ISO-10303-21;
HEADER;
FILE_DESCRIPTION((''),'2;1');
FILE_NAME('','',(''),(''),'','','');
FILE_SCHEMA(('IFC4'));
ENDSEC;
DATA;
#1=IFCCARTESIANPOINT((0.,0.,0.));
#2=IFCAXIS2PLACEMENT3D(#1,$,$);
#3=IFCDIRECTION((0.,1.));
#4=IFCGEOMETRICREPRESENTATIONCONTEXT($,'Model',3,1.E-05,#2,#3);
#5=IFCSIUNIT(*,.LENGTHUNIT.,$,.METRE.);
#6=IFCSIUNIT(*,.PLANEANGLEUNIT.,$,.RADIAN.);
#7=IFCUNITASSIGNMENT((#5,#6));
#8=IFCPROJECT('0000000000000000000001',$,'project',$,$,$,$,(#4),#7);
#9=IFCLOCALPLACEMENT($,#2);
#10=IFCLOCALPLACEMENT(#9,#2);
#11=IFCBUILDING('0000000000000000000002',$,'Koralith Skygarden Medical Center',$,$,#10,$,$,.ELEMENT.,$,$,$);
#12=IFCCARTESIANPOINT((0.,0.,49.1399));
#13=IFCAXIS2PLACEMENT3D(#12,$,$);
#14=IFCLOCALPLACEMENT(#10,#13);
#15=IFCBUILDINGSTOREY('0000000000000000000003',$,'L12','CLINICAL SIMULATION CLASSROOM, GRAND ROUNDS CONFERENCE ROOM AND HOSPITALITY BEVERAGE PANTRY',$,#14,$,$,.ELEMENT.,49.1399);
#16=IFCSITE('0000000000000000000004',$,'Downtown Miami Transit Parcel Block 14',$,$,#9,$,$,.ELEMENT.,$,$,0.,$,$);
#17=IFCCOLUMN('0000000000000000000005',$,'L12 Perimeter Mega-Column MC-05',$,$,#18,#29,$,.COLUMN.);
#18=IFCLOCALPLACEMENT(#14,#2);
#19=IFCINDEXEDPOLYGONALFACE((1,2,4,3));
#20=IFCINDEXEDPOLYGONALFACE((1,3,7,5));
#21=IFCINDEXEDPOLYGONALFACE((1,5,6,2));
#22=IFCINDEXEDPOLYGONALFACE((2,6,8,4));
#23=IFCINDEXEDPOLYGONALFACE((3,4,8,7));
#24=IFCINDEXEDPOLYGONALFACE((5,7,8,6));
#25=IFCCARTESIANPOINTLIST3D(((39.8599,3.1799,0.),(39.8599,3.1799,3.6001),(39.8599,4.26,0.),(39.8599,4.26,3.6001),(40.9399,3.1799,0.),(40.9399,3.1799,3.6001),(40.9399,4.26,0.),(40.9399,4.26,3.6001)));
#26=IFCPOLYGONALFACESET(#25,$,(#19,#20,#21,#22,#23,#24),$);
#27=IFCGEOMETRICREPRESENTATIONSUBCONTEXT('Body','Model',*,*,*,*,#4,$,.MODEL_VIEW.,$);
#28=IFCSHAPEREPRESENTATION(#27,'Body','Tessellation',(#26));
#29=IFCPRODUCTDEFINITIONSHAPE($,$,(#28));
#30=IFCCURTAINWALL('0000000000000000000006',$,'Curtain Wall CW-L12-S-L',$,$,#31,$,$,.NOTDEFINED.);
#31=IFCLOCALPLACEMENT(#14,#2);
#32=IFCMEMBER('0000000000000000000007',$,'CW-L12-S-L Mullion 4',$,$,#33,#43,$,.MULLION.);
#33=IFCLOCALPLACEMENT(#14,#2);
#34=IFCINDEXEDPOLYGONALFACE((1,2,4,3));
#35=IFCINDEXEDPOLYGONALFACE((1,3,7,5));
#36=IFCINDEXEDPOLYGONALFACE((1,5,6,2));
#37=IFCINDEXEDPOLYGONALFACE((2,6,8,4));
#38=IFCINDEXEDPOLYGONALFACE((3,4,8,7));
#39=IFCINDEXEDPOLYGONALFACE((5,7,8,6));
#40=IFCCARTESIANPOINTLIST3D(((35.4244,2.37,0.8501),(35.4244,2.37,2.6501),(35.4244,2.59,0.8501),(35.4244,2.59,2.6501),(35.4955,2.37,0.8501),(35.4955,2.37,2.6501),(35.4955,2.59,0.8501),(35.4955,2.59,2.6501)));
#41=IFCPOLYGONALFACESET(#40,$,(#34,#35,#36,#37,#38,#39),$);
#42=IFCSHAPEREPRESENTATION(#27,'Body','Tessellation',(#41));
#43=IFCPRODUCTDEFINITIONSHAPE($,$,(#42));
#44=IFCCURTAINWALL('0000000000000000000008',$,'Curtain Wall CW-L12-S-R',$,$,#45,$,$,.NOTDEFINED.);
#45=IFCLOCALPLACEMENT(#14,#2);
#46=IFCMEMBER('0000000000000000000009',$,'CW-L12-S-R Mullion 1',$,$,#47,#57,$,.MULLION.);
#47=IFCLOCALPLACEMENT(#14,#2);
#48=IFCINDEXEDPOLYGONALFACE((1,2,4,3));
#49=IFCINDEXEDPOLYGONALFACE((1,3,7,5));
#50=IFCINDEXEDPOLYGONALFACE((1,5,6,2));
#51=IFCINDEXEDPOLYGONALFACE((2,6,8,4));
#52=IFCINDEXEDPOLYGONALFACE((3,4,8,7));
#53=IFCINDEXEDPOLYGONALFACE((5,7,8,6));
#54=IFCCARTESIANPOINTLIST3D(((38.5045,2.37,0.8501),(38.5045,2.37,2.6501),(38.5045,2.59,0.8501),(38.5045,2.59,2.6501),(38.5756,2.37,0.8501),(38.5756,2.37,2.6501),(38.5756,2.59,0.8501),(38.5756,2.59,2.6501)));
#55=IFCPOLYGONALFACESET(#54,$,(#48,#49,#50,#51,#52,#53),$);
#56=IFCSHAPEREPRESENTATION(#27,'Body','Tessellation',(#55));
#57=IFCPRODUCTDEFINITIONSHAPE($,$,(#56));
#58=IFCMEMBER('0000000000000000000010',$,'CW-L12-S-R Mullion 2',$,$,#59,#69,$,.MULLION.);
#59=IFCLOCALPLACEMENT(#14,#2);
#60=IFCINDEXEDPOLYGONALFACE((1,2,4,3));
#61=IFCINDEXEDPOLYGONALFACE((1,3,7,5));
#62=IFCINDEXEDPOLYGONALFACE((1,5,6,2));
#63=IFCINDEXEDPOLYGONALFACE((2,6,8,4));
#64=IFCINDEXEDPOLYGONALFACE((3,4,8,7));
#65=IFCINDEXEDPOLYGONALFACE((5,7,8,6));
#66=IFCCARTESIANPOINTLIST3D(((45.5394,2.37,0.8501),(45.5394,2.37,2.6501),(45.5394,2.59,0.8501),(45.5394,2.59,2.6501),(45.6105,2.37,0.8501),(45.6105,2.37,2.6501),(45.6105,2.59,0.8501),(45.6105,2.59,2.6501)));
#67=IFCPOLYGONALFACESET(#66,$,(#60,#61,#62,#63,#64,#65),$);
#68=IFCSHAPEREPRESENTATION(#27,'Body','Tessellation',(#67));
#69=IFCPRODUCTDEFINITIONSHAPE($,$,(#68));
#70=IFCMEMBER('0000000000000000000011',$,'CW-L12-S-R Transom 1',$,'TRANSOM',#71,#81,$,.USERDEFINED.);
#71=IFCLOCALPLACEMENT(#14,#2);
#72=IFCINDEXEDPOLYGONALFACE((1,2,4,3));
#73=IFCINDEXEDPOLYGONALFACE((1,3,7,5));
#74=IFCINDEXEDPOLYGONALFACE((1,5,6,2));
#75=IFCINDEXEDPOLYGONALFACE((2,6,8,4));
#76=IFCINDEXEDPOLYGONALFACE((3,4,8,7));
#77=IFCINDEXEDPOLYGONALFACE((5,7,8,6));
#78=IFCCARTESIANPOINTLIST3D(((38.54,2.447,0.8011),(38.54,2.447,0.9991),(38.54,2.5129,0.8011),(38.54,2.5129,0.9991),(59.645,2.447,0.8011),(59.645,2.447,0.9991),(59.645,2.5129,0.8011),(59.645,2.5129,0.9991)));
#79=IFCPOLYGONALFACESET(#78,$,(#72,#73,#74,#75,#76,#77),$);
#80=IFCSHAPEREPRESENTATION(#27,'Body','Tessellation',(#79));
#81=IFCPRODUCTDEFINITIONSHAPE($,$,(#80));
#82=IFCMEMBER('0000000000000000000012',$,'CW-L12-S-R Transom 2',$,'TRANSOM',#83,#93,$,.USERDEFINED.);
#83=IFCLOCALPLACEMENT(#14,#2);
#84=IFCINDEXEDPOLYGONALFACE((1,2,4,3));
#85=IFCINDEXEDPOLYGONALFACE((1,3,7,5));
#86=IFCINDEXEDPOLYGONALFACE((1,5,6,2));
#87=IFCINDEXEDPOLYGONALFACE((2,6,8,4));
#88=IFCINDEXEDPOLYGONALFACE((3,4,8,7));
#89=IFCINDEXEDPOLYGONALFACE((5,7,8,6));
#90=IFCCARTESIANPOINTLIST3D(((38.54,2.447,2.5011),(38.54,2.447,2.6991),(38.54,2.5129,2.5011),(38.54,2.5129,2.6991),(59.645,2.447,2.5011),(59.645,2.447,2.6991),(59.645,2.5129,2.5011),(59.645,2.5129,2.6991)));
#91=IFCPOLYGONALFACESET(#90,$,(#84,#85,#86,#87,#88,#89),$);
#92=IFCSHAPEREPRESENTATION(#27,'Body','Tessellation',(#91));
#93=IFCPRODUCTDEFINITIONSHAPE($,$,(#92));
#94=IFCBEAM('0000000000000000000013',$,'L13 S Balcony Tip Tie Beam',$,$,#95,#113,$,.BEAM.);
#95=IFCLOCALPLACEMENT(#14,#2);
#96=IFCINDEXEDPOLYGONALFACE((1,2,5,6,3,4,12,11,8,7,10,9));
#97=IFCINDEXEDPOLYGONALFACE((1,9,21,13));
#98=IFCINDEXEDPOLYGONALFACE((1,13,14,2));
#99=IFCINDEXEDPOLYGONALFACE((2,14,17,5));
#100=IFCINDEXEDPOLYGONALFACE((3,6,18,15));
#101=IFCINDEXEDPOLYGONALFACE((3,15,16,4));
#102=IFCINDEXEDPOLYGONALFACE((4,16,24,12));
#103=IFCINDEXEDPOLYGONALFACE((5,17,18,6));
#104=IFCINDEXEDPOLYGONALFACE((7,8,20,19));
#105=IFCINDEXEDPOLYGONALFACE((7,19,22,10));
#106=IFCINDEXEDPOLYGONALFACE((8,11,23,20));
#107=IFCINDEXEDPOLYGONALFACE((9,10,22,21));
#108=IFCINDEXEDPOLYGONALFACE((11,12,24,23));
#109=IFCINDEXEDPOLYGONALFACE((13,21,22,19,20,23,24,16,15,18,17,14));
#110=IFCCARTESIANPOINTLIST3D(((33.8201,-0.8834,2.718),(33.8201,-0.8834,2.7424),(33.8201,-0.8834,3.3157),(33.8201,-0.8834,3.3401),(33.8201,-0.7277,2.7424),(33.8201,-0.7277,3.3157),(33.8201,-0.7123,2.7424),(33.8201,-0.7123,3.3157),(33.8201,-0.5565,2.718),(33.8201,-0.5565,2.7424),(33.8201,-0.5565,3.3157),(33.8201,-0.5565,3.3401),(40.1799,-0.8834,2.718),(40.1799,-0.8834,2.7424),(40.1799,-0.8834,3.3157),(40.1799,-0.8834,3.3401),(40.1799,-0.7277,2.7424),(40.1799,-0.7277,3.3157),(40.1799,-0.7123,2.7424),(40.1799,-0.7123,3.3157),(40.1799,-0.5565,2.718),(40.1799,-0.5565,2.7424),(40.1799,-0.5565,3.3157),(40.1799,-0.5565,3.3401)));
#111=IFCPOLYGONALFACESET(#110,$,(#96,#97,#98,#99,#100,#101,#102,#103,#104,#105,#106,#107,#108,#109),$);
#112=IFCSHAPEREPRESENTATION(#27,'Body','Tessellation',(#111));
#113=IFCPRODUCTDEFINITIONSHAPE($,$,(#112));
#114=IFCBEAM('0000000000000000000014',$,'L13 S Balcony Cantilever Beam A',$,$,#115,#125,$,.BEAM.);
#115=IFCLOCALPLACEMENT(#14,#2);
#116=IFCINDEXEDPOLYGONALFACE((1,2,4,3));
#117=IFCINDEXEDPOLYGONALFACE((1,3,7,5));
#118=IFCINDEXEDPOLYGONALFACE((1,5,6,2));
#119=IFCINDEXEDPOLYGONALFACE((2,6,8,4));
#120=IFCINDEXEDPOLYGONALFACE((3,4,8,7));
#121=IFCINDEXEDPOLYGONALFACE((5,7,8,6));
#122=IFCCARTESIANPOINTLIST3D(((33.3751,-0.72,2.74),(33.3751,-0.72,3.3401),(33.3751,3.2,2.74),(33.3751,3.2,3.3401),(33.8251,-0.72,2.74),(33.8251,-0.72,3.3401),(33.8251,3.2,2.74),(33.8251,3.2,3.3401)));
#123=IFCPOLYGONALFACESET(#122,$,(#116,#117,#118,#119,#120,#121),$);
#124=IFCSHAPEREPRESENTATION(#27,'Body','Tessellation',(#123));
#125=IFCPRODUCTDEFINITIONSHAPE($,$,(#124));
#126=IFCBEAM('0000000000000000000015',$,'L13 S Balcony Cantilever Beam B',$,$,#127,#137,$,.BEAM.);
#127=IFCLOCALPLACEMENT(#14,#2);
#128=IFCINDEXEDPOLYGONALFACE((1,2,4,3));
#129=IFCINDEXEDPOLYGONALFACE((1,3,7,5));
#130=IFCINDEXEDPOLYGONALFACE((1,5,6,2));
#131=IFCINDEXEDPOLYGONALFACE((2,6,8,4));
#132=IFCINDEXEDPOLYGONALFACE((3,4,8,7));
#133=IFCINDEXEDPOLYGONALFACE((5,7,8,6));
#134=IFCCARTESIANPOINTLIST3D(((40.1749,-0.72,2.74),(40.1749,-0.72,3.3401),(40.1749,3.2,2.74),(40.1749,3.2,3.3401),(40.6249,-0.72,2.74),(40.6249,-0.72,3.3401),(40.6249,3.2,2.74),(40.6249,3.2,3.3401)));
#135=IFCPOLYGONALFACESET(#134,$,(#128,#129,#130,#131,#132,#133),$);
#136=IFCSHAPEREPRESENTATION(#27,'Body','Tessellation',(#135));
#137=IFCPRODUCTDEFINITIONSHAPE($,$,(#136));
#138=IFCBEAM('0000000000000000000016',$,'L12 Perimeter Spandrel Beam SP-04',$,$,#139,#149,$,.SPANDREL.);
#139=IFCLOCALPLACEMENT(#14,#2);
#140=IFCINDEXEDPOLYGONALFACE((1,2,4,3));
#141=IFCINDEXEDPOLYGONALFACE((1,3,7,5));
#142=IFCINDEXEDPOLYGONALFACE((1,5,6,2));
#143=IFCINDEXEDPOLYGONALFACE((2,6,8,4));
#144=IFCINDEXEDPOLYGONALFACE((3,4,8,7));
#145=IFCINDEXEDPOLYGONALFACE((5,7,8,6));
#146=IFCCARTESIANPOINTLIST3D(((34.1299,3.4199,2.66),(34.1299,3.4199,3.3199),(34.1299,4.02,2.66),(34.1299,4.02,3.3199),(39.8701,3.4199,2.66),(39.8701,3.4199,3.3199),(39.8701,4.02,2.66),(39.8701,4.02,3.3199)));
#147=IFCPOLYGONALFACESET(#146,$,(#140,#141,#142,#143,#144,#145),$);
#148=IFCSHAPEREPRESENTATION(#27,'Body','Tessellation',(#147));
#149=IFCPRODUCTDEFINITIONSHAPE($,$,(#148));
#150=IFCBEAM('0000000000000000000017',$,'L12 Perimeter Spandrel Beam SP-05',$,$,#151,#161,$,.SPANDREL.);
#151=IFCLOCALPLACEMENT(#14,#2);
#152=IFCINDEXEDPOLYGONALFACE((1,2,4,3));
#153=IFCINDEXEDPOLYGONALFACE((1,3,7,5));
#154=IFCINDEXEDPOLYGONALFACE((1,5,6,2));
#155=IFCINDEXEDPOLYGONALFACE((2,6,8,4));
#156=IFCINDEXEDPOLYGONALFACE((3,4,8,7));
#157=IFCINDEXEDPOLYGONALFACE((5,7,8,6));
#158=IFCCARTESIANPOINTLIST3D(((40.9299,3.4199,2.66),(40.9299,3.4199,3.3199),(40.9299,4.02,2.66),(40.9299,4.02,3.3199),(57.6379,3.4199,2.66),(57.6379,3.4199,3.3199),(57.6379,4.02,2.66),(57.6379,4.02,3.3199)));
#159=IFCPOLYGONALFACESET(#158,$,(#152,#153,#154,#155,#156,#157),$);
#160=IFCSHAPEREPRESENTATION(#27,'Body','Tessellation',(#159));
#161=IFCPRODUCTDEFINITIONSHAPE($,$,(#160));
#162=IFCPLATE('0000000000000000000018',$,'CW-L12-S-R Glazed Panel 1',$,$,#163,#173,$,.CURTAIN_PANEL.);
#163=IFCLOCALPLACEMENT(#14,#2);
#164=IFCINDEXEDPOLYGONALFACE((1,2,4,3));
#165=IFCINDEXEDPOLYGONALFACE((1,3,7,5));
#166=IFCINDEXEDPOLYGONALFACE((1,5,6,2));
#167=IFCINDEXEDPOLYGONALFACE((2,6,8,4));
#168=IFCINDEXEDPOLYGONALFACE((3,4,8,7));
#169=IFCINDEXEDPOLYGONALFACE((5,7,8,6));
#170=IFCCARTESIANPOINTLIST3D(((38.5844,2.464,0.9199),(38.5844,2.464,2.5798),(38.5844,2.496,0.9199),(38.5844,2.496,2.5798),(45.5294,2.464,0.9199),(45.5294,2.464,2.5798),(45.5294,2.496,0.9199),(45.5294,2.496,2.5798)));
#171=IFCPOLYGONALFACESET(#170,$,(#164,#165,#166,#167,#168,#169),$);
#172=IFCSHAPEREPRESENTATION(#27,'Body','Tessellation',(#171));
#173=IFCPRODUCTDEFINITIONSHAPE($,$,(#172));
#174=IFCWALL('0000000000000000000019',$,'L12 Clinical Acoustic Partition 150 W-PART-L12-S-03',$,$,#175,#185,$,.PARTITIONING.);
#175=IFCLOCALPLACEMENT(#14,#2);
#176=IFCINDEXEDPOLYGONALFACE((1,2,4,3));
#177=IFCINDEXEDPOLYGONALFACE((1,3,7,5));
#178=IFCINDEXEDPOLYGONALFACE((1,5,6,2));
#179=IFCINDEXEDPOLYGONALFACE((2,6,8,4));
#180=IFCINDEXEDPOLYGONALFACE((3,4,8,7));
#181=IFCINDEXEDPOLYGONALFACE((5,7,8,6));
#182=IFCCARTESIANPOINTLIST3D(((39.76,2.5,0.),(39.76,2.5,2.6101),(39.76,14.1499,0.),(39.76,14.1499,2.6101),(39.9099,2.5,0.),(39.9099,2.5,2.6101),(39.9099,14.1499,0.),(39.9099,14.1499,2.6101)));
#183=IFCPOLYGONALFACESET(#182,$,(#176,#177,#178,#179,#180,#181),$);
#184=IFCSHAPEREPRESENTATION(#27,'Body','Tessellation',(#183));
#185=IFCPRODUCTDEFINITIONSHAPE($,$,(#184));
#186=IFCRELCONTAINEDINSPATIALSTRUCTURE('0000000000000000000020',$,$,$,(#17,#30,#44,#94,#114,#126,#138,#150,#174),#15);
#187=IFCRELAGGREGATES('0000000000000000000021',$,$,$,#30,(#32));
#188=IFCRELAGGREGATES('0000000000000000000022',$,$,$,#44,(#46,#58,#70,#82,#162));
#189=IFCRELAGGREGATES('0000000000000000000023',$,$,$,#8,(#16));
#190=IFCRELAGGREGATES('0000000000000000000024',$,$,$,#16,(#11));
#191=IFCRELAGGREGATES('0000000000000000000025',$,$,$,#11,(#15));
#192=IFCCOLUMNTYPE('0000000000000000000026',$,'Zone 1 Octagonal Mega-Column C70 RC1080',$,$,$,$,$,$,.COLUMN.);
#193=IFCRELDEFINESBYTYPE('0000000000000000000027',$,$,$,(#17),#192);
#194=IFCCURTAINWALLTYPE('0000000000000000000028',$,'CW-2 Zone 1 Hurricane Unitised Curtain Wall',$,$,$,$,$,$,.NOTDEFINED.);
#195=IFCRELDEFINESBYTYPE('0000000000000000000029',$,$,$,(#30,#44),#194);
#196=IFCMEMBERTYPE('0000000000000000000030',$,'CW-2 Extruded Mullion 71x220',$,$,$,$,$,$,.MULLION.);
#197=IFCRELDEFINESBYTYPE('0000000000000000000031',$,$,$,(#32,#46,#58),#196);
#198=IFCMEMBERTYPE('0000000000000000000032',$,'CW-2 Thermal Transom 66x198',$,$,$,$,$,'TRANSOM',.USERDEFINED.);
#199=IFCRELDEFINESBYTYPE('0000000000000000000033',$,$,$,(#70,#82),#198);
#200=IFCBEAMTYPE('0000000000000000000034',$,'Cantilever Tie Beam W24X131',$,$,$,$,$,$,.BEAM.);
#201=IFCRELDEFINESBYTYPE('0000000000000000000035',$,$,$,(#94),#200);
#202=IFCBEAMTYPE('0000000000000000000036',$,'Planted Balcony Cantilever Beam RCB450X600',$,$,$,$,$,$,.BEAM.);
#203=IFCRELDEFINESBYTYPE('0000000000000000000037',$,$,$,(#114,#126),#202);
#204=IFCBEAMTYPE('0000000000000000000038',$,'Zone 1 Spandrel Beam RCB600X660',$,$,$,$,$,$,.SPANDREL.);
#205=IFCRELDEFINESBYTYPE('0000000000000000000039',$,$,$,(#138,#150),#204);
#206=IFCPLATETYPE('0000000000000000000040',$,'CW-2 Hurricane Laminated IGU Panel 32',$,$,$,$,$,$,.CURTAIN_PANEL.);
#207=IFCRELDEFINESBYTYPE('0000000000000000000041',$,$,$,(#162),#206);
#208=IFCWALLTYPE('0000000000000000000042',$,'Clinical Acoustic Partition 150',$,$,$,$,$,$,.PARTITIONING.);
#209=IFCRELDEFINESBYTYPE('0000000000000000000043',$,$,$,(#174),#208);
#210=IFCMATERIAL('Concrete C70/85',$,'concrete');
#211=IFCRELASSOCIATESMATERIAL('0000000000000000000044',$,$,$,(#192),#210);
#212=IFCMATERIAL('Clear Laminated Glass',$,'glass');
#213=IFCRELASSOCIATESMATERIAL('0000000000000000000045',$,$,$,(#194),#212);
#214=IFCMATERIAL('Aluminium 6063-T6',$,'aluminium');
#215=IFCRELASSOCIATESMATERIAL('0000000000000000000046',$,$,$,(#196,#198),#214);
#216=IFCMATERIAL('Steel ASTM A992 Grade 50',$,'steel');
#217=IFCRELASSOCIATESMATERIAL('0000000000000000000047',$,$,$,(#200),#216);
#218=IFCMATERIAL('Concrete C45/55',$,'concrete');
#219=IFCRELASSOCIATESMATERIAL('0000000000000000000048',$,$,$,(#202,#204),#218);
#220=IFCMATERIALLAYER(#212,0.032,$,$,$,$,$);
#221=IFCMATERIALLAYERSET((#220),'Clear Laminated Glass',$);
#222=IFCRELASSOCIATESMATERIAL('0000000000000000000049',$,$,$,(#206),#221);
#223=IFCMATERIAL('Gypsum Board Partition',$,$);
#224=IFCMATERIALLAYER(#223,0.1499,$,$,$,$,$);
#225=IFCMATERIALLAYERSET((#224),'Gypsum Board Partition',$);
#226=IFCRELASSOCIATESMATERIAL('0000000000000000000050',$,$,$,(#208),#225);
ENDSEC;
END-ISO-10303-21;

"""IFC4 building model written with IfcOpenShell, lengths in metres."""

from ifc_helpers import new_model, si_unit, direction, frame, frame_2d, origin, origin_2d, place, context, subcontext, project, spatial, rectangle, i_section, extrude, material, layer, layer_set, material_profile, profile_set, type_object, element, aggregate, save


model = new_model("IFC4")

# Units and contexts
model_context = context("Model", 3, precision=1e-05, world=origin(), true_north=direction((0.0, 1.0)))
body_context = subcontext(model_context, "Body", "Model", "MODEL_VIEW")
ifc_project = project(units=[si_unit("LENGTHUNIT", "METRE"), si_unit("PLANEANGLEUNIT", "RADIAN")], contexts=[model_context])

# Site, building, storey
site_placement = place(None, origin())
site = spatial("IfcSite", under=ifc_project, at=site_placement, Name="Downtown Miami Transit Parcel Block 14", CompositionType="ELEMENT", RefElevation=0.0)
building_placement = place(site_placement, origin())
building = spatial("IfcBuilding", under=site, at=building_placement, Name="Koralith Skygarden Medical Center", CompositionType="ELEMENT")
storey_placement = place(building_placement, frame((0.0, 0.0, 49.1399)))
storey = spatial("IfcBuildingStorey", under=building, at=storey_placement, Name="L12", Description="CLINICAL SIMULATION CLASSROOM, GRAND ROUNDS CONFERENCE ROOM AND HOSPITALITY BEVERAGE PANTRY", CompositionType="ELEMENT", Elevation=49.1399)

# Column
ifc_material_1 = material(Name="Concrete C70/85", Category="concrete")
ifc_material_profile_1 = material_profile(ifc_material_1, rectangle(XDim=1.0801, YDim=1.0801, at=origin_2d()), Name="RC1080X1080")
ifc_profile_set_1 = profile_set([ifc_material_profile_1], Name="Concrete C70/85")
column_type = type_object("IfcColumnType", Name="Zone 1 Octagonal Mega-Column C70 RC1080", PredefinedType="COLUMN", material=ifc_profile_set_1)
column_placement = place(storey_placement, frame((40.3999, 3.72, 0.0), z_axis=(0.0, 0.0, 1.0), x_axis=(1.0, 0.0, 0.0)))
element("IfcColumn", 1, at=column_placement, inside=storey, type_object=column_type, Name="L12 Perimeter Mega-Column MC-05", PredefinedType="COLUMN", context=body_context, shape_type="SweptSolid", body=[
    extrude(rectangle(XDim=1.0801, YDim=1.0801, at=origin_2d()), origin(), (0.0, 0.0, 1.0), 3.6001),
])

# Curtain wall, member
ifc_material_2 = material(Name="Clear Laminated Glass", Category="glass")
curtain_wall_type = type_object("IfcCurtainWallType", Name="CW-2 Zone 1 Hurricane Unitised Curtain Wall", PredefinedType="NOTDEFINED", material=ifc_material_2)
curtain_wall_1_placement = place(storey_placement, origin())
curtain_wall_1 = element("IfcCurtainWall", 2, at=curtain_wall_1_placement, inside=storey, type_object=curtain_wall_type, Name="Curtain Wall CW-L12-S-L", PredefinedType="NOTDEFINED")
ifc_material_3 = material(Name="Aluminium 6063-T6", Category="aluminium")
ifc_material_profile_2 = material_profile(ifc_material_3, rectangle(XDim=0.071, YDim=0.22, at=origin_2d()), Name="MUL71X220")
ifc_profile_set_2 = profile_set([ifc_material_profile_2], Name="Aluminium 6063-T6")
member_type_1 = type_object("IfcMemberType", Name="CW-2 Extruded Mullion 71x220", PredefinedType="MULLION", material=ifc_profile_set_2)
member_1_placement = place(storey_placement, frame((35.46, 2.48, 0.8501), z_axis=(0.0, 0.0, 1.0), x_axis=(1.0, 0.0, 0.0)))
member_1 = element("IfcMember", 3, at=member_1_placement, type_object=member_type_1, Name="CW-L12-S-L Mullion 4", PredefinedType="MULLION", context=body_context, shape_type="SweptSolid", body=[
    extrude(rectangle(XDim=0.071, YDim=0.22, at=origin_2d()), origin(), (0.0, 0.0, 1.0), 1.8),
])
aggregate(curtain_wall_1, [member_1])

# Curtain wall, members
curtain_wall_2_placement = place(storey_placement, origin())
curtain_wall_2 = element("IfcCurtainWall", 4, at=curtain_wall_2_placement, inside=storey, type_object=curtain_wall_type, Name="Curtain Wall CW-L12-S-R", PredefinedType="NOTDEFINED")
member_2_placement = place(storey_placement, frame((38.54, 2.48, 0.8501), z_axis=(0.0, 0.0, 1.0), x_axis=(1.0, 0.0, 0.0)))
member_2 = element("IfcMember", 5, at=member_2_placement, type_object=member_type_1, Name="CW-L12-S-R Mullion 1", PredefinedType="MULLION", context=body_context, shape_type="SweptSolid", body=[
    extrude(rectangle(XDim=0.071, YDim=0.22, at=origin_2d()), origin(), (0.0, 0.0, 1.0), 1.8),
])
member_3_placement = place(storey_placement, frame((45.575, 2.48, 0.8501), z_axis=(0.0, 0.0, 1.0), x_axis=(1.0, 0.0, 0.0)))
member_3 = element("IfcMember", 6, at=member_3_placement, type_object=member_type_1, Name="CW-L12-S-R Mullion 2", PredefinedType="MULLION", context=body_context, shape_type="SweptSolid", body=[
    extrude(rectangle(XDim=0.071, YDim=0.22, at=origin_2d()), origin(), (0.0, 0.0, 1.0), 1.8),
])
ifc_material_profile_3 = material_profile(ifc_material_3, rectangle(XDim=0.0659, YDim=0.198, at=origin_2d()), Name="TRN66X198")
ifc_profile_set_3 = profile_set([ifc_material_profile_3], Name="Aluminium 6063-T6")
member_type_2 = type_object("IfcMemberType", Name="CW-2 Thermal Transom 66x198", ElementType="TRANSOM", PredefinedType="USERDEFINED", material=ifc_profile_set_3)
member_4_placement = place(storey_placement, frame((38.54, 2.48, 0.9001), z_axis=(1.0, 0.0, 0.0), x_axis=(0.0, 1.0, 0.0)))
member_4 = element("IfcMember", 7, at=member_4_placement, type_object=member_type_2, Name="CW-L12-S-R Transom 1", ObjectType="TRANSOM", PredefinedType="USERDEFINED", context=body_context, shape_type="SweptSolid", body=[
    extrude(rectangle(XDim=0.0659, YDim=0.198, at=origin_2d()), origin(), (0.0, 0.0, 1.0), 21.105),
])
member_5_placement = place(storey_placement, frame((38.54, 2.48, 2.6001), z_axis=(1.0, 0.0, 0.0), x_axis=(0.0, 1.0, 0.0)))
member_5 = element("IfcMember", 8, at=member_5_placement, type_object=member_type_2, Name="CW-L12-S-R Transom 2", ObjectType="TRANSOM", PredefinedType="USERDEFINED", context=body_context, shape_type="SweptSolid", body=[
    extrude(rectangle(XDim=0.0659, YDim=0.198, at=origin_2d()), origin(), (0.0, 0.0, 1.0), 21.105),
])

# Beams
ifc_material_4 = material(Name="Steel ASTM A992 Grade 50", Category="steel")
ifc_material_profile_4 = material_profile(ifc_material_4, i_section(OverallWidth=0.3269, OverallDepth=0.6221, WebThickness=0.0154, FlangeThickness=0.0244, at=origin_2d()), Name="W24X131")
ifc_profile_set_4 = profile_set([ifc_material_profile_4], Name="Steel ASTM A992 Grade 50")
beam_type_1 = type_object("IfcBeamType", Name="Cantilever Tie Beam W24X131", PredefinedType="BEAM", material=ifc_profile_set_4)
beam_1_placement = place(storey_placement, frame((33.8201, -0.72, 3.0291), z_axis=(1.0, 0.0, 0.0), x_axis=(0.0, 1.0, 0.0)))
element("IfcBeam", 9, at=beam_1_placement, inside=storey, type_object=beam_type_1, Name="L13 S Balcony Tip Tie Beam", PredefinedType="BEAM", context=body_context, shape_type="SweptSolid", body=[
    extrude(i_section(OverallWidth=0.3269, OverallDepth=0.6221, WebThickness=0.0154, FlangeThickness=0.0244, at=origin_2d()), origin(), (0.0, 0.0, 1.0), 6.3599),
])
ifc_material_5 = material(Name="Concrete C45/55", Category="concrete")
ifc_material_profile_5 = material_profile(ifc_material_5, rectangle(XDim=0.45, YDim=0.6001, at=origin_2d()), Name="RCB450X600")
ifc_profile_set_5 = profile_set([ifc_material_profile_5], Name="Concrete C45/55")
beam_type_2 = type_object("IfcBeamType", Name="Planted Balcony Cantilever Beam RCB450X600", PredefinedType="BEAM", material=ifc_profile_set_5)
for number, where, z_axis, x_axis, name in (
    (10, (33.6001, 3.2, 3.04), (0.0, -1.0, 0.0), (1.0, 0.0, 0.0), "L13 S Balcony Cantilever Beam A"),
    (11, (40.3999, 3.2, 3.04), (0.0, -1.0, 0.0), (1.0, 0.0, 0.0), "L13 S Balcony Cantilever Beam B"),
):
    element("IfcBeam", number, at=place(storey_placement, frame(where, z_axis=z_axis, x_axis=x_axis)), inside=storey, type_object=beam_type_2, Name=name, PredefinedType="BEAM", context=body_context, shape_type="SweptSolid", body=[
        extrude(rectangle(XDim=0.45, YDim=0.6001, at=origin_2d()), origin(), (0.0, 0.0, 1.0), 3.9199),
    ])
ifc_material_profile_6 = material_profile(ifc_material_5, rectangle(XDim=0.6001, YDim=0.6599, at=origin_2d()), Name="RCB600X660")
ifc_profile_set_6 = profile_set([ifc_material_profile_6], Name="Concrete C45/55")
beam_type_3 = type_object("IfcBeamType", Name="Zone 1 Spandrel Beam RCB600X660", PredefinedType="SPANDREL", material=ifc_profile_set_6)
beam_2_placement = place(storey_placement, frame((34.1299, 3.72, 2.99), z_axis=(1.0, 0.0, 0.0), x_axis=(0.0, 1.0, 0.0)))
element("IfcBeam", 12, at=beam_2_placement, inside=storey, type_object=beam_type_3, Name="L12 Perimeter Spandrel Beam SP-04", PredefinedType="SPANDREL", context=body_context, shape_type="SweptSolid", body=[
    extrude(rectangle(XDim=0.6001, YDim=0.6599, at=origin_2d()), origin(), (0.0, 0.0, 1.0), 5.7402),
])
beam_3_placement = place(storey_placement, frame((40.9299, 3.72, 2.99), z_axis=(1.0, 0.0, 0.0), x_axis=(0.0, 1.0, 0.0)))
element("IfcBeam", 13, at=beam_3_placement, inside=storey, type_object=beam_type_3, Name="L12 Perimeter Spandrel Beam SP-05", PredefinedType="SPANDREL", context=body_context, shape_type="SweptSolid", body=[
    extrude(rectangle(XDim=0.6001, YDim=0.6599, at=origin_2d()), origin(), (0.0, 0.0, 1.0), 16.708),
])

# Plate
ifc_layer_1 = layer(ifc_material_2, 0.032)
ifc_layer_set_1 = layer_set([ifc_layer_1], Name="Clear Laminated Glass")
plate_type = type_object("IfcPlateType", Name="CW-2 Hurricane Laminated IGU Panel 32", PredefinedType="CURTAIN_PANEL", material=ifc_layer_set_1)
plate_placement = place(storey_placement, frame((42.0569, 2.48, 0.9199), z_axis=(0.0, 0.0, 1.0), x_axis=(1.0, 0.0, 0.0)))
plate = element("IfcPlate", 14, at=plate_placement, type_object=plate_type, Name="CW-L12-S-R Glazed Panel 1", PredefinedType="CURTAIN_PANEL", context=body_context, shape_type="SweptSolid", body=[
    extrude(rectangle(XDim=6.9451, YDim=0.032, at=origin_2d()), origin(), (0.0, 0.0, 1.0), 1.6599),
])
aggregate(curtain_wall_2, [member_2, member_3, member_4, member_5, plate])

# Wall
ifc_material_6 = material(Name="Gypsum Board Partition")
ifc_layer_2 = layer(ifc_material_6, 0.1499)
ifc_layer_set_2 = layer_set([ifc_layer_2], Name="Gypsum Board Partition")
wall_type_1 = type_object("IfcWallType", Name="Clinical Acoustic Partition 150", PredefinedType="PARTITIONING", material=ifc_layer_set_2)
wall_1_placement = place(storey_placement, frame((39.835, 14.1499, 0.0), z_axis=(0.0, 0.0, 1.0), x_axis=(0.0, -1.0, 0.0)))
element("IfcWall", 15, at=wall_1_placement, inside=storey, type_object=wall_type_1, Name="L12 Clinical Acoustic Partition 150 W-PART-L12-S-03", PredefinedType="PARTITIONING", context=body_context, shape_type="SweptSolid", body=[
    extrude(rectangle(XDim=11.6499, YDim=0.1499, at=frame_2d((5.825, 0.0))), origin(), (0.0, 0.0, 1.0), 2.6101),
])

save(model, "model.ifc")
